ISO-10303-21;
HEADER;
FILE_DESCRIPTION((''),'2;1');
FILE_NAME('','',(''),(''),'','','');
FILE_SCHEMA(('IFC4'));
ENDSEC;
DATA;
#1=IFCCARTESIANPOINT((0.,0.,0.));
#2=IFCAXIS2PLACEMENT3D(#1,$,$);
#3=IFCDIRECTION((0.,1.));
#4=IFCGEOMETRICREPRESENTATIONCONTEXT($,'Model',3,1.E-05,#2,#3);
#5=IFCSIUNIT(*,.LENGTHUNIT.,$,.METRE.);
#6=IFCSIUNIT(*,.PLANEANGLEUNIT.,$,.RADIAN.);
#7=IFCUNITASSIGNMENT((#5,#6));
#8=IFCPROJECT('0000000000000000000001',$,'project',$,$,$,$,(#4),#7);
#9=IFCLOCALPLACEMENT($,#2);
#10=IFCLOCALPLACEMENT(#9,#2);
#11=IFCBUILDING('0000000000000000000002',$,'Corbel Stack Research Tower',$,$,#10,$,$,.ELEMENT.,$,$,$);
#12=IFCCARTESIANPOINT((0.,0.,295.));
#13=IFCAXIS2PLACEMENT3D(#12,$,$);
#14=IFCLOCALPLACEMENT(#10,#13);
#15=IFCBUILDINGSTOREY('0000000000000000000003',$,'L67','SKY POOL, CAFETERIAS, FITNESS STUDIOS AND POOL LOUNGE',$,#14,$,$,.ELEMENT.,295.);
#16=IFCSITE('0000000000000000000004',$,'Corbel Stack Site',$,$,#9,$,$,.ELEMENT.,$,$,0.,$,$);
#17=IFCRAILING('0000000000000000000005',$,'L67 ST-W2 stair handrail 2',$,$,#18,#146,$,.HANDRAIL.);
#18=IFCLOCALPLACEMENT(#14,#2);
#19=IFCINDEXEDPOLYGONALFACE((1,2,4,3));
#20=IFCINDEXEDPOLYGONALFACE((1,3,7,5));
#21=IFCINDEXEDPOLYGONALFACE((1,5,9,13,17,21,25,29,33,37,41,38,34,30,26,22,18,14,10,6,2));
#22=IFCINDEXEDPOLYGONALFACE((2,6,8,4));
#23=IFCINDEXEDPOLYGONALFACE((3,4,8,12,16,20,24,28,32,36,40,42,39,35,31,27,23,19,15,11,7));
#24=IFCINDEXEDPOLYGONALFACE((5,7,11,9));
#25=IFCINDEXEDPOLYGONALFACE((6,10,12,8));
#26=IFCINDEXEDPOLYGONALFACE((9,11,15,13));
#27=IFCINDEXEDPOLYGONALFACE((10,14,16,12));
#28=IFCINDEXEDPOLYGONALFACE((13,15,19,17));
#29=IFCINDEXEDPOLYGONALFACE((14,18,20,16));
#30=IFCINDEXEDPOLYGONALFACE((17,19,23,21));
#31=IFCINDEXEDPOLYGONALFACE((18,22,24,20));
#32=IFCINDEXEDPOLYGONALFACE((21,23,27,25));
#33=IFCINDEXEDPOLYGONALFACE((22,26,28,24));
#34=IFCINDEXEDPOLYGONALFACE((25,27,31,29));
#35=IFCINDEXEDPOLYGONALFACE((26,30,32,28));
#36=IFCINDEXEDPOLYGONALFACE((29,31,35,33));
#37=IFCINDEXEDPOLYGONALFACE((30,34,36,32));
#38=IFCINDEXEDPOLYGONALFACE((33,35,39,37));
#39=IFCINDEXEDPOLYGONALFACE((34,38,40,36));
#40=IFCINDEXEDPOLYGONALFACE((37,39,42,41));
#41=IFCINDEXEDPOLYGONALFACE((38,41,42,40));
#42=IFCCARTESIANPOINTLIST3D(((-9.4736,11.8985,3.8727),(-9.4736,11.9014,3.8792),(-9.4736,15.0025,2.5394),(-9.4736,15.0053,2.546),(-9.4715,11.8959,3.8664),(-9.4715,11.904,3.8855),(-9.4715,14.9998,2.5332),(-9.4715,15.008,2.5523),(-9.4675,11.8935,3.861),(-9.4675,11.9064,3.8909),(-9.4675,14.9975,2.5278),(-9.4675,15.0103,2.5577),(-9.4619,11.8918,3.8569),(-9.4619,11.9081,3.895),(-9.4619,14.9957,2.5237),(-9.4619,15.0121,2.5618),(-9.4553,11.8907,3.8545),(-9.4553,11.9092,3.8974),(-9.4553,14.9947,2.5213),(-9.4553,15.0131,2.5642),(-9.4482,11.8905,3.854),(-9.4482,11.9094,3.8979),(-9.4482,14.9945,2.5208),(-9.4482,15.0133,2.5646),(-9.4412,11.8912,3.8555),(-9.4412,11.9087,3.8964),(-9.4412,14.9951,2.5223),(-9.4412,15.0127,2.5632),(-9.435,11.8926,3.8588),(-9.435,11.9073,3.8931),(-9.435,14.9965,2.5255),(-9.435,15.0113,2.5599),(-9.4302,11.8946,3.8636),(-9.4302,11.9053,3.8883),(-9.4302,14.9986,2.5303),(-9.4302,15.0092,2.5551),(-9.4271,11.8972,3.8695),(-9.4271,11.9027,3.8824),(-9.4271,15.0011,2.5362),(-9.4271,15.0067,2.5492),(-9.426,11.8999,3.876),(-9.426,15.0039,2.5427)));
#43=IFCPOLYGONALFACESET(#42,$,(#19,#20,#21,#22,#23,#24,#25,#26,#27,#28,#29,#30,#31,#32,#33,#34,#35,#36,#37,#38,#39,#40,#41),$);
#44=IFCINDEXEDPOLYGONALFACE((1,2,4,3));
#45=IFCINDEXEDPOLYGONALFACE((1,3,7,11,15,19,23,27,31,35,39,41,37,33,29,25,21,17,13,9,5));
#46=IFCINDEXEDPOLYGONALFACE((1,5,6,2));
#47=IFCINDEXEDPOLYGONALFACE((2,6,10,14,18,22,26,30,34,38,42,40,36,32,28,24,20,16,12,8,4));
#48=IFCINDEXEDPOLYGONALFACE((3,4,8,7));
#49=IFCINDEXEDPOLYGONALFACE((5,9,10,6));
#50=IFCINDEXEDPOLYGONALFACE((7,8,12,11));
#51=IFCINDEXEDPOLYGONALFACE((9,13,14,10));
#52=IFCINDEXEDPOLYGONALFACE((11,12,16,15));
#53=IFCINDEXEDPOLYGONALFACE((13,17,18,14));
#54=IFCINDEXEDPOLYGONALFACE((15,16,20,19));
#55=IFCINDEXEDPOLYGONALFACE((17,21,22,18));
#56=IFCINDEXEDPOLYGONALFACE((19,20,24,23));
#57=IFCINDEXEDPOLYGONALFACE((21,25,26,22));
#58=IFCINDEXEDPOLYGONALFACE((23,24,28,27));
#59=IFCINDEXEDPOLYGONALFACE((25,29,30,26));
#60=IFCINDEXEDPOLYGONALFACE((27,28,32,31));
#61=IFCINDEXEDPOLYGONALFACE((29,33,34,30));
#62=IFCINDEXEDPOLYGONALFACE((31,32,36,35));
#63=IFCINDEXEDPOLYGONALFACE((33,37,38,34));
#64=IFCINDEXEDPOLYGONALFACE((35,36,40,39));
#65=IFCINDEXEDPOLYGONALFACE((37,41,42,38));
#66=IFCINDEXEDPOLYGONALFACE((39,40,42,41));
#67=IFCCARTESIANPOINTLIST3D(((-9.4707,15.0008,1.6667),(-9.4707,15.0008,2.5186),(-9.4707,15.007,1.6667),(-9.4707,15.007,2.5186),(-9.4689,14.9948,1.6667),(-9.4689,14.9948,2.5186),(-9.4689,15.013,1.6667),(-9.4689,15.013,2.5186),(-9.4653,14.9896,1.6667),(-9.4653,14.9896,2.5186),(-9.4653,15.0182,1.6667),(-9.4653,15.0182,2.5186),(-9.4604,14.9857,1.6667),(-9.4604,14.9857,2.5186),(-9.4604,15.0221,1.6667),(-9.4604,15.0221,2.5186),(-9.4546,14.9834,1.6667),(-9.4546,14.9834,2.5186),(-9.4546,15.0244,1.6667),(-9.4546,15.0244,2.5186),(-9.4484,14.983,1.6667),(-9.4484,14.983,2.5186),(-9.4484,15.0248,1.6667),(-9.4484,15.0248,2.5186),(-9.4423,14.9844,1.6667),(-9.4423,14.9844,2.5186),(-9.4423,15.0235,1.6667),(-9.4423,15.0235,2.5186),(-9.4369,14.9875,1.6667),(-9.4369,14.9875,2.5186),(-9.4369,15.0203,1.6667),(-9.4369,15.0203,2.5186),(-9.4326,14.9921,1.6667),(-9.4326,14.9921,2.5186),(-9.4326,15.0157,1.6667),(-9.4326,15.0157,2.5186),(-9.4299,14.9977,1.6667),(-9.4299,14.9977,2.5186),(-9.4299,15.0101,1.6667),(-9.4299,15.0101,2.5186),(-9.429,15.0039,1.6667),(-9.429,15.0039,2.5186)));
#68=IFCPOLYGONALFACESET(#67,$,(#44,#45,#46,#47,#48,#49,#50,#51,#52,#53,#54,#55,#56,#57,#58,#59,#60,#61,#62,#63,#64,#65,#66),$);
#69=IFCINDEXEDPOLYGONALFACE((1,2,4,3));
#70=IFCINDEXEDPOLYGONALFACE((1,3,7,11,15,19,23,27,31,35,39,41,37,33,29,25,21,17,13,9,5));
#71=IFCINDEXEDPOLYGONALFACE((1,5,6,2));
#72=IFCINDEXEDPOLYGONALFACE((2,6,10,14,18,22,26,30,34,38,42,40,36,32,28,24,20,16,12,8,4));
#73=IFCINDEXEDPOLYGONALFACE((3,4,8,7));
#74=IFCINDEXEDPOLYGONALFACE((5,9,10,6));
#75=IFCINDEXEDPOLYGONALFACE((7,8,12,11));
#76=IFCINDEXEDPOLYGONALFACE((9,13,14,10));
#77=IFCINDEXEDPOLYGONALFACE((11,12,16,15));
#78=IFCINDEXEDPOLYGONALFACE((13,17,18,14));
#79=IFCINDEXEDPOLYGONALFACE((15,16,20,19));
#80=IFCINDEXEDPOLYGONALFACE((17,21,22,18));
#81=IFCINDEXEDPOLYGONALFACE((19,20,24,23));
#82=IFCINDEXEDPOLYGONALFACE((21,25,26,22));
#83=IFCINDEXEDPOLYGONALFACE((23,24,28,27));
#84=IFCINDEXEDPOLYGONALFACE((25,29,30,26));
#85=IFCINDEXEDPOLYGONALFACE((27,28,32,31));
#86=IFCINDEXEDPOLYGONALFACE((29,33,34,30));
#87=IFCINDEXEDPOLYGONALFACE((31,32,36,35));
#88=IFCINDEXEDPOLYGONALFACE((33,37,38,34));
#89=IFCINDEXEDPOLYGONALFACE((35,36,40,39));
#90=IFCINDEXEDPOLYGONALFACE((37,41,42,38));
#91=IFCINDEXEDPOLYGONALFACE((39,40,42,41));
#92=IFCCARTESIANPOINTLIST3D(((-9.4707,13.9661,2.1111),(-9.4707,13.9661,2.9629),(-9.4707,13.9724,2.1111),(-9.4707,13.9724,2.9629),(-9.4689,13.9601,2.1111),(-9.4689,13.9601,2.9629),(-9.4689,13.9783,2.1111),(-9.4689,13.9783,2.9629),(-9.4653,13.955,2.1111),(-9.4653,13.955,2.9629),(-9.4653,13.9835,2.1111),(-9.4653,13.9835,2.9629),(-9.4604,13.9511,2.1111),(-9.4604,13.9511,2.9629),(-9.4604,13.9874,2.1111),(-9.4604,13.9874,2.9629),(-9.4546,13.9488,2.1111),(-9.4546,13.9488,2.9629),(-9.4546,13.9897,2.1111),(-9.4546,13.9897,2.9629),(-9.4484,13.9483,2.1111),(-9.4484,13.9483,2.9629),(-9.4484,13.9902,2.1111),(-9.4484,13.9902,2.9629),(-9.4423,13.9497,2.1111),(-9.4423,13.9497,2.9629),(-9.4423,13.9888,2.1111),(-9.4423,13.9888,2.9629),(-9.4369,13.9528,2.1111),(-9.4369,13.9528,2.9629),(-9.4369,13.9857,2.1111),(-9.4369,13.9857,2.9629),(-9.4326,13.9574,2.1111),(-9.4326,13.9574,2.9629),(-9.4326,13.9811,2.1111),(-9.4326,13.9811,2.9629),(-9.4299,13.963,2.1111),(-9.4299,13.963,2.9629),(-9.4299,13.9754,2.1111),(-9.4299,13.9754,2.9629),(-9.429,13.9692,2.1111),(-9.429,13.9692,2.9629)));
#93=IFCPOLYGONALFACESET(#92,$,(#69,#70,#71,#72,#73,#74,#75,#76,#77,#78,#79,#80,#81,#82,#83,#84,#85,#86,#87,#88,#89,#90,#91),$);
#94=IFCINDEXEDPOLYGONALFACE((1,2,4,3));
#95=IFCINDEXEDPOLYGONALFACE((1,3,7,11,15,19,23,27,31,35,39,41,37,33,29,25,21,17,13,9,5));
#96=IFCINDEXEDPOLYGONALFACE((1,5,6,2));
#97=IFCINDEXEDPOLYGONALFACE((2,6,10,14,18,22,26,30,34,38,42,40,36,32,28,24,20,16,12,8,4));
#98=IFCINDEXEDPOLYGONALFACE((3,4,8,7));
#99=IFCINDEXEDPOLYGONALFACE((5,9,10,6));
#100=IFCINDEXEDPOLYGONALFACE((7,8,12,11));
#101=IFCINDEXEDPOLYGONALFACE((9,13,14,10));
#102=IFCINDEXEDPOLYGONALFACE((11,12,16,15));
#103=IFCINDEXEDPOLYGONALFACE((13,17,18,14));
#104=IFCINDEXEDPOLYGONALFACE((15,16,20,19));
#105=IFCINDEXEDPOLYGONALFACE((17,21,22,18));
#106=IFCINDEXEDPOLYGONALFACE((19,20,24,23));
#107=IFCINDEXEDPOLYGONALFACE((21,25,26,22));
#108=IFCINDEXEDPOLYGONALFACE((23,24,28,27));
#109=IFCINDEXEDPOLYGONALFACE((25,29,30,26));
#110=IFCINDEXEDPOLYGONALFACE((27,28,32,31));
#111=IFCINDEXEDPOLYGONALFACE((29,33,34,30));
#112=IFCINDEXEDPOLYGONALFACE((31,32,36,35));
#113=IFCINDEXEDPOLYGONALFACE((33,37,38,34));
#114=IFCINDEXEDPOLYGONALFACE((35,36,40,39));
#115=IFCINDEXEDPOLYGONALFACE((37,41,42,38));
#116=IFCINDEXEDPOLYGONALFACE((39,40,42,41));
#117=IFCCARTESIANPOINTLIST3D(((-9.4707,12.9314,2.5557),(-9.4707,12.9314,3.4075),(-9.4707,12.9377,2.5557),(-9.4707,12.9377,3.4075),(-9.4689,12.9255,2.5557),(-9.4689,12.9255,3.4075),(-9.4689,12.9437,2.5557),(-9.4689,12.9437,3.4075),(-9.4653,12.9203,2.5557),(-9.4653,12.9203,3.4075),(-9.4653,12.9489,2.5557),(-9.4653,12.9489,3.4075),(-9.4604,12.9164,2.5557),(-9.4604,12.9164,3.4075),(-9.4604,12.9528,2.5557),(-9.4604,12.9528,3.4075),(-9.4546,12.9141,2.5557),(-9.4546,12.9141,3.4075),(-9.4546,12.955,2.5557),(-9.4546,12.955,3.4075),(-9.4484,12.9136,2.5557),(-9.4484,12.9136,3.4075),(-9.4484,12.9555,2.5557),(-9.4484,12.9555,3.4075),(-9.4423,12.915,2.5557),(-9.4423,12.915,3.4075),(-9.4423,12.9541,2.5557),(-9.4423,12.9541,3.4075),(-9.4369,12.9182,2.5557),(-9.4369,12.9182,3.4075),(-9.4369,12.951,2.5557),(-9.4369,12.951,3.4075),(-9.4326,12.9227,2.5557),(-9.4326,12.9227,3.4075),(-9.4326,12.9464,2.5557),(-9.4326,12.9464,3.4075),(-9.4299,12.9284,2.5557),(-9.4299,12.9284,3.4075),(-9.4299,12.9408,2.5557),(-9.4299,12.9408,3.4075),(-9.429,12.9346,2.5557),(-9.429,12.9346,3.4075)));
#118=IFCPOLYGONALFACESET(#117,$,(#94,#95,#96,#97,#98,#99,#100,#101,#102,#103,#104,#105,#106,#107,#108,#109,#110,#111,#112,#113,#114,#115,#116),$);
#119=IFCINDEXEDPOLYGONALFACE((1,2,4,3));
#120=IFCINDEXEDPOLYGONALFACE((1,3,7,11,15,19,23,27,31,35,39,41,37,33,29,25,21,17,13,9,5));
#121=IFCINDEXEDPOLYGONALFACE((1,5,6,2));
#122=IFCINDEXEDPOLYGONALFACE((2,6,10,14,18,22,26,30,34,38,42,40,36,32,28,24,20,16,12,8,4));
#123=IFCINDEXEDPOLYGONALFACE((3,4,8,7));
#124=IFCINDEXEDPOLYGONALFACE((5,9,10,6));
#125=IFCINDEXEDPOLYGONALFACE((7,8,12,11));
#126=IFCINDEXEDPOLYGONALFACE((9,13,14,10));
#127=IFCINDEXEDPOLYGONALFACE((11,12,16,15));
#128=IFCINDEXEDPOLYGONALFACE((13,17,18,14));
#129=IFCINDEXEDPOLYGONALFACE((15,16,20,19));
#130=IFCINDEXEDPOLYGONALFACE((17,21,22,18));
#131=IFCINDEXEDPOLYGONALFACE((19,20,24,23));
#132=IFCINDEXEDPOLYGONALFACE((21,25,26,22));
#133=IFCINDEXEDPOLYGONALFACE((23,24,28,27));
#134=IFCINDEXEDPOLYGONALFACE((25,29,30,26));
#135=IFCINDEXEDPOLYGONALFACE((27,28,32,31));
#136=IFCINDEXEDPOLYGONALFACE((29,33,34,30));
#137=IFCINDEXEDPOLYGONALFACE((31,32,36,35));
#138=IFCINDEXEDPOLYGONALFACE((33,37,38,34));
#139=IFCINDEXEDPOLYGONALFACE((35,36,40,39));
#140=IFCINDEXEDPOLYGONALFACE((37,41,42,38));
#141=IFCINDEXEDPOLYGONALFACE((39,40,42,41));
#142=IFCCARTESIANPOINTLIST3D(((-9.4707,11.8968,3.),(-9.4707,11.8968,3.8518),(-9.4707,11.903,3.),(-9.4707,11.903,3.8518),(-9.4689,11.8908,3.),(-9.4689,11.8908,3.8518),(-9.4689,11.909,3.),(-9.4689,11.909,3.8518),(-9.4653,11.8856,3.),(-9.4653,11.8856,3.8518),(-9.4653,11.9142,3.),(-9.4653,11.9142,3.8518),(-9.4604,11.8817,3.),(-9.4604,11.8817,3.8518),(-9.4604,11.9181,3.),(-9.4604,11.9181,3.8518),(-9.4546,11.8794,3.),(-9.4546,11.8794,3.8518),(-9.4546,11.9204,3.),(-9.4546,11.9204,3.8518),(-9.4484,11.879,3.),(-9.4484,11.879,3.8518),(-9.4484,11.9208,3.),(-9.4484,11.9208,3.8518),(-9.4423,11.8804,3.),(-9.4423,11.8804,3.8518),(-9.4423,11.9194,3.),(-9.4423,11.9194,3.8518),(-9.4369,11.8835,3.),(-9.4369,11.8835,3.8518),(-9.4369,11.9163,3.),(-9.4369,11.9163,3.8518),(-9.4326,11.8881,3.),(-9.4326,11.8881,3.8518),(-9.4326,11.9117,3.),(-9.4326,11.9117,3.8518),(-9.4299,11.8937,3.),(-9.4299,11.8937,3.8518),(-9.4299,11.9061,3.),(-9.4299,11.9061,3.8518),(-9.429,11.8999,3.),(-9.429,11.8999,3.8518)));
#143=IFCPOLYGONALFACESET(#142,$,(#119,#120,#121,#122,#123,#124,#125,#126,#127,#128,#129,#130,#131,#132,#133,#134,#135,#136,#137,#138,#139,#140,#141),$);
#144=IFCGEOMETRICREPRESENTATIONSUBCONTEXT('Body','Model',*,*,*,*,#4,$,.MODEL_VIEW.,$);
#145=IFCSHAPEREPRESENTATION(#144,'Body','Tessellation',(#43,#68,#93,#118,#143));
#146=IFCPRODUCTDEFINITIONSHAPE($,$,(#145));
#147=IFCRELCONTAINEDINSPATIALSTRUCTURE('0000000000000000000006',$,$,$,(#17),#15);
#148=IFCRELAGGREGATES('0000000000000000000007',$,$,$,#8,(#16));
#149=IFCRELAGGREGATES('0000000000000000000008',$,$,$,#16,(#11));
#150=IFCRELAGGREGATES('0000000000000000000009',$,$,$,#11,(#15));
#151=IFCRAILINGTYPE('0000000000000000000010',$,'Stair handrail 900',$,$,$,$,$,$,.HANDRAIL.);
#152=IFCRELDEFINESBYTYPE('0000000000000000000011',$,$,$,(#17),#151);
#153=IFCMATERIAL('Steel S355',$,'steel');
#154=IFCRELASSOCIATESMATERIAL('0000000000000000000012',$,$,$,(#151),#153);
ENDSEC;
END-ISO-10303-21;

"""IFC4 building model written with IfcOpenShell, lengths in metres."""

from ifc_helpers import new_model, si_unit, direction, frame, origin, origin_2d, place, context, subcontext, project, spatial, circle, extrude, material, type_object, element, save


model = new_model("IFC4")

# Units and contexts
model_context = context("Model", 3, precision=1e-05, world=origin(), true_north=direction((0.0, 1.0)))
body_context = subcontext(model_context, "Body", "Model", "MODEL_VIEW")
ifc_project = project(units=[si_unit("LENGTHUNIT", "METRE"), si_unit("PLANEANGLEUNIT", "RADIAN")], contexts=[model_context])

# Site, building, storey
site_placement = place(None, origin())
site = spatial("IfcSite", under=ifc_project, at=site_placement, Name="Corbel Stack Site", CompositionType="ELEMENT", RefElevation=0.0)
building_placement = place(site_placement, origin())
building = spatial("IfcBuilding", under=site, at=building_placement, Name="Corbel Stack Research Tower", CompositionType="ELEMENT")
storey_placement = place(building_placement, frame((0.0, 0.0, 295.0)))
storey = spatial("IfcBuildingStorey", under=building, at=storey_placement, Name="L67", Description="SKY POOL, CAFETERIAS, FITNESS STUDIOS AND POOL LOUNGE", CompositionType="ELEMENT", Elevation=295.0)

# Railing
ifc_material_1 = material(Name="Steel S355", Category="steel")
railing_type_1 = type_object("IfcRailingType", Name="Stair handrail 900", PredefinedType="HANDRAIL", material=ifc_material_1)
for number, where, name in (
    (1, (-9.45, 15.0039, 1.6667), "L67 ST-W2 stair handrail 2"),
):
    element("IfcRailing", number, at=place(storey_placement, frame(where)), inside=storey, type_object=railing_type_1, Name=name, PredefinedType="HANDRAIL", context=body_context, shape_type="SweptSolid", body=[
        extrude(circle(Radius=0.0239, at=origin_2d()), frame((0.0, 0.0, 0.876), z_axis=(0.0, -0.918827, 0.394661), x_axis=(1.0, 0.0, 0.0)), (0.0, 0.0, 1.0), 3.3782),
        extrude(circle(Radius=0.021, at=origin_2d()), origin(), (0.0, 0.0, 1.0), 0.8518),
        extrude(circle(Radius=0.021, at=origin_2d()), frame((0.0, -1.0347, 0.4443)), (0.0, 0.0, 1.0), 0.8518),
        extrude(circle(Radius=0.021, at=origin_2d()), frame((0.0, -2.0693, 0.8889)), (0.0, 0.0, 1.0), 0.8518),
        extrude(circle(Radius=0.021, at=origin_2d()), frame((0.0, -3.104, 1.3333)), (0.0, 0.0, 1.0), 0.8518),
    ])

save(model, "model.ifc")
